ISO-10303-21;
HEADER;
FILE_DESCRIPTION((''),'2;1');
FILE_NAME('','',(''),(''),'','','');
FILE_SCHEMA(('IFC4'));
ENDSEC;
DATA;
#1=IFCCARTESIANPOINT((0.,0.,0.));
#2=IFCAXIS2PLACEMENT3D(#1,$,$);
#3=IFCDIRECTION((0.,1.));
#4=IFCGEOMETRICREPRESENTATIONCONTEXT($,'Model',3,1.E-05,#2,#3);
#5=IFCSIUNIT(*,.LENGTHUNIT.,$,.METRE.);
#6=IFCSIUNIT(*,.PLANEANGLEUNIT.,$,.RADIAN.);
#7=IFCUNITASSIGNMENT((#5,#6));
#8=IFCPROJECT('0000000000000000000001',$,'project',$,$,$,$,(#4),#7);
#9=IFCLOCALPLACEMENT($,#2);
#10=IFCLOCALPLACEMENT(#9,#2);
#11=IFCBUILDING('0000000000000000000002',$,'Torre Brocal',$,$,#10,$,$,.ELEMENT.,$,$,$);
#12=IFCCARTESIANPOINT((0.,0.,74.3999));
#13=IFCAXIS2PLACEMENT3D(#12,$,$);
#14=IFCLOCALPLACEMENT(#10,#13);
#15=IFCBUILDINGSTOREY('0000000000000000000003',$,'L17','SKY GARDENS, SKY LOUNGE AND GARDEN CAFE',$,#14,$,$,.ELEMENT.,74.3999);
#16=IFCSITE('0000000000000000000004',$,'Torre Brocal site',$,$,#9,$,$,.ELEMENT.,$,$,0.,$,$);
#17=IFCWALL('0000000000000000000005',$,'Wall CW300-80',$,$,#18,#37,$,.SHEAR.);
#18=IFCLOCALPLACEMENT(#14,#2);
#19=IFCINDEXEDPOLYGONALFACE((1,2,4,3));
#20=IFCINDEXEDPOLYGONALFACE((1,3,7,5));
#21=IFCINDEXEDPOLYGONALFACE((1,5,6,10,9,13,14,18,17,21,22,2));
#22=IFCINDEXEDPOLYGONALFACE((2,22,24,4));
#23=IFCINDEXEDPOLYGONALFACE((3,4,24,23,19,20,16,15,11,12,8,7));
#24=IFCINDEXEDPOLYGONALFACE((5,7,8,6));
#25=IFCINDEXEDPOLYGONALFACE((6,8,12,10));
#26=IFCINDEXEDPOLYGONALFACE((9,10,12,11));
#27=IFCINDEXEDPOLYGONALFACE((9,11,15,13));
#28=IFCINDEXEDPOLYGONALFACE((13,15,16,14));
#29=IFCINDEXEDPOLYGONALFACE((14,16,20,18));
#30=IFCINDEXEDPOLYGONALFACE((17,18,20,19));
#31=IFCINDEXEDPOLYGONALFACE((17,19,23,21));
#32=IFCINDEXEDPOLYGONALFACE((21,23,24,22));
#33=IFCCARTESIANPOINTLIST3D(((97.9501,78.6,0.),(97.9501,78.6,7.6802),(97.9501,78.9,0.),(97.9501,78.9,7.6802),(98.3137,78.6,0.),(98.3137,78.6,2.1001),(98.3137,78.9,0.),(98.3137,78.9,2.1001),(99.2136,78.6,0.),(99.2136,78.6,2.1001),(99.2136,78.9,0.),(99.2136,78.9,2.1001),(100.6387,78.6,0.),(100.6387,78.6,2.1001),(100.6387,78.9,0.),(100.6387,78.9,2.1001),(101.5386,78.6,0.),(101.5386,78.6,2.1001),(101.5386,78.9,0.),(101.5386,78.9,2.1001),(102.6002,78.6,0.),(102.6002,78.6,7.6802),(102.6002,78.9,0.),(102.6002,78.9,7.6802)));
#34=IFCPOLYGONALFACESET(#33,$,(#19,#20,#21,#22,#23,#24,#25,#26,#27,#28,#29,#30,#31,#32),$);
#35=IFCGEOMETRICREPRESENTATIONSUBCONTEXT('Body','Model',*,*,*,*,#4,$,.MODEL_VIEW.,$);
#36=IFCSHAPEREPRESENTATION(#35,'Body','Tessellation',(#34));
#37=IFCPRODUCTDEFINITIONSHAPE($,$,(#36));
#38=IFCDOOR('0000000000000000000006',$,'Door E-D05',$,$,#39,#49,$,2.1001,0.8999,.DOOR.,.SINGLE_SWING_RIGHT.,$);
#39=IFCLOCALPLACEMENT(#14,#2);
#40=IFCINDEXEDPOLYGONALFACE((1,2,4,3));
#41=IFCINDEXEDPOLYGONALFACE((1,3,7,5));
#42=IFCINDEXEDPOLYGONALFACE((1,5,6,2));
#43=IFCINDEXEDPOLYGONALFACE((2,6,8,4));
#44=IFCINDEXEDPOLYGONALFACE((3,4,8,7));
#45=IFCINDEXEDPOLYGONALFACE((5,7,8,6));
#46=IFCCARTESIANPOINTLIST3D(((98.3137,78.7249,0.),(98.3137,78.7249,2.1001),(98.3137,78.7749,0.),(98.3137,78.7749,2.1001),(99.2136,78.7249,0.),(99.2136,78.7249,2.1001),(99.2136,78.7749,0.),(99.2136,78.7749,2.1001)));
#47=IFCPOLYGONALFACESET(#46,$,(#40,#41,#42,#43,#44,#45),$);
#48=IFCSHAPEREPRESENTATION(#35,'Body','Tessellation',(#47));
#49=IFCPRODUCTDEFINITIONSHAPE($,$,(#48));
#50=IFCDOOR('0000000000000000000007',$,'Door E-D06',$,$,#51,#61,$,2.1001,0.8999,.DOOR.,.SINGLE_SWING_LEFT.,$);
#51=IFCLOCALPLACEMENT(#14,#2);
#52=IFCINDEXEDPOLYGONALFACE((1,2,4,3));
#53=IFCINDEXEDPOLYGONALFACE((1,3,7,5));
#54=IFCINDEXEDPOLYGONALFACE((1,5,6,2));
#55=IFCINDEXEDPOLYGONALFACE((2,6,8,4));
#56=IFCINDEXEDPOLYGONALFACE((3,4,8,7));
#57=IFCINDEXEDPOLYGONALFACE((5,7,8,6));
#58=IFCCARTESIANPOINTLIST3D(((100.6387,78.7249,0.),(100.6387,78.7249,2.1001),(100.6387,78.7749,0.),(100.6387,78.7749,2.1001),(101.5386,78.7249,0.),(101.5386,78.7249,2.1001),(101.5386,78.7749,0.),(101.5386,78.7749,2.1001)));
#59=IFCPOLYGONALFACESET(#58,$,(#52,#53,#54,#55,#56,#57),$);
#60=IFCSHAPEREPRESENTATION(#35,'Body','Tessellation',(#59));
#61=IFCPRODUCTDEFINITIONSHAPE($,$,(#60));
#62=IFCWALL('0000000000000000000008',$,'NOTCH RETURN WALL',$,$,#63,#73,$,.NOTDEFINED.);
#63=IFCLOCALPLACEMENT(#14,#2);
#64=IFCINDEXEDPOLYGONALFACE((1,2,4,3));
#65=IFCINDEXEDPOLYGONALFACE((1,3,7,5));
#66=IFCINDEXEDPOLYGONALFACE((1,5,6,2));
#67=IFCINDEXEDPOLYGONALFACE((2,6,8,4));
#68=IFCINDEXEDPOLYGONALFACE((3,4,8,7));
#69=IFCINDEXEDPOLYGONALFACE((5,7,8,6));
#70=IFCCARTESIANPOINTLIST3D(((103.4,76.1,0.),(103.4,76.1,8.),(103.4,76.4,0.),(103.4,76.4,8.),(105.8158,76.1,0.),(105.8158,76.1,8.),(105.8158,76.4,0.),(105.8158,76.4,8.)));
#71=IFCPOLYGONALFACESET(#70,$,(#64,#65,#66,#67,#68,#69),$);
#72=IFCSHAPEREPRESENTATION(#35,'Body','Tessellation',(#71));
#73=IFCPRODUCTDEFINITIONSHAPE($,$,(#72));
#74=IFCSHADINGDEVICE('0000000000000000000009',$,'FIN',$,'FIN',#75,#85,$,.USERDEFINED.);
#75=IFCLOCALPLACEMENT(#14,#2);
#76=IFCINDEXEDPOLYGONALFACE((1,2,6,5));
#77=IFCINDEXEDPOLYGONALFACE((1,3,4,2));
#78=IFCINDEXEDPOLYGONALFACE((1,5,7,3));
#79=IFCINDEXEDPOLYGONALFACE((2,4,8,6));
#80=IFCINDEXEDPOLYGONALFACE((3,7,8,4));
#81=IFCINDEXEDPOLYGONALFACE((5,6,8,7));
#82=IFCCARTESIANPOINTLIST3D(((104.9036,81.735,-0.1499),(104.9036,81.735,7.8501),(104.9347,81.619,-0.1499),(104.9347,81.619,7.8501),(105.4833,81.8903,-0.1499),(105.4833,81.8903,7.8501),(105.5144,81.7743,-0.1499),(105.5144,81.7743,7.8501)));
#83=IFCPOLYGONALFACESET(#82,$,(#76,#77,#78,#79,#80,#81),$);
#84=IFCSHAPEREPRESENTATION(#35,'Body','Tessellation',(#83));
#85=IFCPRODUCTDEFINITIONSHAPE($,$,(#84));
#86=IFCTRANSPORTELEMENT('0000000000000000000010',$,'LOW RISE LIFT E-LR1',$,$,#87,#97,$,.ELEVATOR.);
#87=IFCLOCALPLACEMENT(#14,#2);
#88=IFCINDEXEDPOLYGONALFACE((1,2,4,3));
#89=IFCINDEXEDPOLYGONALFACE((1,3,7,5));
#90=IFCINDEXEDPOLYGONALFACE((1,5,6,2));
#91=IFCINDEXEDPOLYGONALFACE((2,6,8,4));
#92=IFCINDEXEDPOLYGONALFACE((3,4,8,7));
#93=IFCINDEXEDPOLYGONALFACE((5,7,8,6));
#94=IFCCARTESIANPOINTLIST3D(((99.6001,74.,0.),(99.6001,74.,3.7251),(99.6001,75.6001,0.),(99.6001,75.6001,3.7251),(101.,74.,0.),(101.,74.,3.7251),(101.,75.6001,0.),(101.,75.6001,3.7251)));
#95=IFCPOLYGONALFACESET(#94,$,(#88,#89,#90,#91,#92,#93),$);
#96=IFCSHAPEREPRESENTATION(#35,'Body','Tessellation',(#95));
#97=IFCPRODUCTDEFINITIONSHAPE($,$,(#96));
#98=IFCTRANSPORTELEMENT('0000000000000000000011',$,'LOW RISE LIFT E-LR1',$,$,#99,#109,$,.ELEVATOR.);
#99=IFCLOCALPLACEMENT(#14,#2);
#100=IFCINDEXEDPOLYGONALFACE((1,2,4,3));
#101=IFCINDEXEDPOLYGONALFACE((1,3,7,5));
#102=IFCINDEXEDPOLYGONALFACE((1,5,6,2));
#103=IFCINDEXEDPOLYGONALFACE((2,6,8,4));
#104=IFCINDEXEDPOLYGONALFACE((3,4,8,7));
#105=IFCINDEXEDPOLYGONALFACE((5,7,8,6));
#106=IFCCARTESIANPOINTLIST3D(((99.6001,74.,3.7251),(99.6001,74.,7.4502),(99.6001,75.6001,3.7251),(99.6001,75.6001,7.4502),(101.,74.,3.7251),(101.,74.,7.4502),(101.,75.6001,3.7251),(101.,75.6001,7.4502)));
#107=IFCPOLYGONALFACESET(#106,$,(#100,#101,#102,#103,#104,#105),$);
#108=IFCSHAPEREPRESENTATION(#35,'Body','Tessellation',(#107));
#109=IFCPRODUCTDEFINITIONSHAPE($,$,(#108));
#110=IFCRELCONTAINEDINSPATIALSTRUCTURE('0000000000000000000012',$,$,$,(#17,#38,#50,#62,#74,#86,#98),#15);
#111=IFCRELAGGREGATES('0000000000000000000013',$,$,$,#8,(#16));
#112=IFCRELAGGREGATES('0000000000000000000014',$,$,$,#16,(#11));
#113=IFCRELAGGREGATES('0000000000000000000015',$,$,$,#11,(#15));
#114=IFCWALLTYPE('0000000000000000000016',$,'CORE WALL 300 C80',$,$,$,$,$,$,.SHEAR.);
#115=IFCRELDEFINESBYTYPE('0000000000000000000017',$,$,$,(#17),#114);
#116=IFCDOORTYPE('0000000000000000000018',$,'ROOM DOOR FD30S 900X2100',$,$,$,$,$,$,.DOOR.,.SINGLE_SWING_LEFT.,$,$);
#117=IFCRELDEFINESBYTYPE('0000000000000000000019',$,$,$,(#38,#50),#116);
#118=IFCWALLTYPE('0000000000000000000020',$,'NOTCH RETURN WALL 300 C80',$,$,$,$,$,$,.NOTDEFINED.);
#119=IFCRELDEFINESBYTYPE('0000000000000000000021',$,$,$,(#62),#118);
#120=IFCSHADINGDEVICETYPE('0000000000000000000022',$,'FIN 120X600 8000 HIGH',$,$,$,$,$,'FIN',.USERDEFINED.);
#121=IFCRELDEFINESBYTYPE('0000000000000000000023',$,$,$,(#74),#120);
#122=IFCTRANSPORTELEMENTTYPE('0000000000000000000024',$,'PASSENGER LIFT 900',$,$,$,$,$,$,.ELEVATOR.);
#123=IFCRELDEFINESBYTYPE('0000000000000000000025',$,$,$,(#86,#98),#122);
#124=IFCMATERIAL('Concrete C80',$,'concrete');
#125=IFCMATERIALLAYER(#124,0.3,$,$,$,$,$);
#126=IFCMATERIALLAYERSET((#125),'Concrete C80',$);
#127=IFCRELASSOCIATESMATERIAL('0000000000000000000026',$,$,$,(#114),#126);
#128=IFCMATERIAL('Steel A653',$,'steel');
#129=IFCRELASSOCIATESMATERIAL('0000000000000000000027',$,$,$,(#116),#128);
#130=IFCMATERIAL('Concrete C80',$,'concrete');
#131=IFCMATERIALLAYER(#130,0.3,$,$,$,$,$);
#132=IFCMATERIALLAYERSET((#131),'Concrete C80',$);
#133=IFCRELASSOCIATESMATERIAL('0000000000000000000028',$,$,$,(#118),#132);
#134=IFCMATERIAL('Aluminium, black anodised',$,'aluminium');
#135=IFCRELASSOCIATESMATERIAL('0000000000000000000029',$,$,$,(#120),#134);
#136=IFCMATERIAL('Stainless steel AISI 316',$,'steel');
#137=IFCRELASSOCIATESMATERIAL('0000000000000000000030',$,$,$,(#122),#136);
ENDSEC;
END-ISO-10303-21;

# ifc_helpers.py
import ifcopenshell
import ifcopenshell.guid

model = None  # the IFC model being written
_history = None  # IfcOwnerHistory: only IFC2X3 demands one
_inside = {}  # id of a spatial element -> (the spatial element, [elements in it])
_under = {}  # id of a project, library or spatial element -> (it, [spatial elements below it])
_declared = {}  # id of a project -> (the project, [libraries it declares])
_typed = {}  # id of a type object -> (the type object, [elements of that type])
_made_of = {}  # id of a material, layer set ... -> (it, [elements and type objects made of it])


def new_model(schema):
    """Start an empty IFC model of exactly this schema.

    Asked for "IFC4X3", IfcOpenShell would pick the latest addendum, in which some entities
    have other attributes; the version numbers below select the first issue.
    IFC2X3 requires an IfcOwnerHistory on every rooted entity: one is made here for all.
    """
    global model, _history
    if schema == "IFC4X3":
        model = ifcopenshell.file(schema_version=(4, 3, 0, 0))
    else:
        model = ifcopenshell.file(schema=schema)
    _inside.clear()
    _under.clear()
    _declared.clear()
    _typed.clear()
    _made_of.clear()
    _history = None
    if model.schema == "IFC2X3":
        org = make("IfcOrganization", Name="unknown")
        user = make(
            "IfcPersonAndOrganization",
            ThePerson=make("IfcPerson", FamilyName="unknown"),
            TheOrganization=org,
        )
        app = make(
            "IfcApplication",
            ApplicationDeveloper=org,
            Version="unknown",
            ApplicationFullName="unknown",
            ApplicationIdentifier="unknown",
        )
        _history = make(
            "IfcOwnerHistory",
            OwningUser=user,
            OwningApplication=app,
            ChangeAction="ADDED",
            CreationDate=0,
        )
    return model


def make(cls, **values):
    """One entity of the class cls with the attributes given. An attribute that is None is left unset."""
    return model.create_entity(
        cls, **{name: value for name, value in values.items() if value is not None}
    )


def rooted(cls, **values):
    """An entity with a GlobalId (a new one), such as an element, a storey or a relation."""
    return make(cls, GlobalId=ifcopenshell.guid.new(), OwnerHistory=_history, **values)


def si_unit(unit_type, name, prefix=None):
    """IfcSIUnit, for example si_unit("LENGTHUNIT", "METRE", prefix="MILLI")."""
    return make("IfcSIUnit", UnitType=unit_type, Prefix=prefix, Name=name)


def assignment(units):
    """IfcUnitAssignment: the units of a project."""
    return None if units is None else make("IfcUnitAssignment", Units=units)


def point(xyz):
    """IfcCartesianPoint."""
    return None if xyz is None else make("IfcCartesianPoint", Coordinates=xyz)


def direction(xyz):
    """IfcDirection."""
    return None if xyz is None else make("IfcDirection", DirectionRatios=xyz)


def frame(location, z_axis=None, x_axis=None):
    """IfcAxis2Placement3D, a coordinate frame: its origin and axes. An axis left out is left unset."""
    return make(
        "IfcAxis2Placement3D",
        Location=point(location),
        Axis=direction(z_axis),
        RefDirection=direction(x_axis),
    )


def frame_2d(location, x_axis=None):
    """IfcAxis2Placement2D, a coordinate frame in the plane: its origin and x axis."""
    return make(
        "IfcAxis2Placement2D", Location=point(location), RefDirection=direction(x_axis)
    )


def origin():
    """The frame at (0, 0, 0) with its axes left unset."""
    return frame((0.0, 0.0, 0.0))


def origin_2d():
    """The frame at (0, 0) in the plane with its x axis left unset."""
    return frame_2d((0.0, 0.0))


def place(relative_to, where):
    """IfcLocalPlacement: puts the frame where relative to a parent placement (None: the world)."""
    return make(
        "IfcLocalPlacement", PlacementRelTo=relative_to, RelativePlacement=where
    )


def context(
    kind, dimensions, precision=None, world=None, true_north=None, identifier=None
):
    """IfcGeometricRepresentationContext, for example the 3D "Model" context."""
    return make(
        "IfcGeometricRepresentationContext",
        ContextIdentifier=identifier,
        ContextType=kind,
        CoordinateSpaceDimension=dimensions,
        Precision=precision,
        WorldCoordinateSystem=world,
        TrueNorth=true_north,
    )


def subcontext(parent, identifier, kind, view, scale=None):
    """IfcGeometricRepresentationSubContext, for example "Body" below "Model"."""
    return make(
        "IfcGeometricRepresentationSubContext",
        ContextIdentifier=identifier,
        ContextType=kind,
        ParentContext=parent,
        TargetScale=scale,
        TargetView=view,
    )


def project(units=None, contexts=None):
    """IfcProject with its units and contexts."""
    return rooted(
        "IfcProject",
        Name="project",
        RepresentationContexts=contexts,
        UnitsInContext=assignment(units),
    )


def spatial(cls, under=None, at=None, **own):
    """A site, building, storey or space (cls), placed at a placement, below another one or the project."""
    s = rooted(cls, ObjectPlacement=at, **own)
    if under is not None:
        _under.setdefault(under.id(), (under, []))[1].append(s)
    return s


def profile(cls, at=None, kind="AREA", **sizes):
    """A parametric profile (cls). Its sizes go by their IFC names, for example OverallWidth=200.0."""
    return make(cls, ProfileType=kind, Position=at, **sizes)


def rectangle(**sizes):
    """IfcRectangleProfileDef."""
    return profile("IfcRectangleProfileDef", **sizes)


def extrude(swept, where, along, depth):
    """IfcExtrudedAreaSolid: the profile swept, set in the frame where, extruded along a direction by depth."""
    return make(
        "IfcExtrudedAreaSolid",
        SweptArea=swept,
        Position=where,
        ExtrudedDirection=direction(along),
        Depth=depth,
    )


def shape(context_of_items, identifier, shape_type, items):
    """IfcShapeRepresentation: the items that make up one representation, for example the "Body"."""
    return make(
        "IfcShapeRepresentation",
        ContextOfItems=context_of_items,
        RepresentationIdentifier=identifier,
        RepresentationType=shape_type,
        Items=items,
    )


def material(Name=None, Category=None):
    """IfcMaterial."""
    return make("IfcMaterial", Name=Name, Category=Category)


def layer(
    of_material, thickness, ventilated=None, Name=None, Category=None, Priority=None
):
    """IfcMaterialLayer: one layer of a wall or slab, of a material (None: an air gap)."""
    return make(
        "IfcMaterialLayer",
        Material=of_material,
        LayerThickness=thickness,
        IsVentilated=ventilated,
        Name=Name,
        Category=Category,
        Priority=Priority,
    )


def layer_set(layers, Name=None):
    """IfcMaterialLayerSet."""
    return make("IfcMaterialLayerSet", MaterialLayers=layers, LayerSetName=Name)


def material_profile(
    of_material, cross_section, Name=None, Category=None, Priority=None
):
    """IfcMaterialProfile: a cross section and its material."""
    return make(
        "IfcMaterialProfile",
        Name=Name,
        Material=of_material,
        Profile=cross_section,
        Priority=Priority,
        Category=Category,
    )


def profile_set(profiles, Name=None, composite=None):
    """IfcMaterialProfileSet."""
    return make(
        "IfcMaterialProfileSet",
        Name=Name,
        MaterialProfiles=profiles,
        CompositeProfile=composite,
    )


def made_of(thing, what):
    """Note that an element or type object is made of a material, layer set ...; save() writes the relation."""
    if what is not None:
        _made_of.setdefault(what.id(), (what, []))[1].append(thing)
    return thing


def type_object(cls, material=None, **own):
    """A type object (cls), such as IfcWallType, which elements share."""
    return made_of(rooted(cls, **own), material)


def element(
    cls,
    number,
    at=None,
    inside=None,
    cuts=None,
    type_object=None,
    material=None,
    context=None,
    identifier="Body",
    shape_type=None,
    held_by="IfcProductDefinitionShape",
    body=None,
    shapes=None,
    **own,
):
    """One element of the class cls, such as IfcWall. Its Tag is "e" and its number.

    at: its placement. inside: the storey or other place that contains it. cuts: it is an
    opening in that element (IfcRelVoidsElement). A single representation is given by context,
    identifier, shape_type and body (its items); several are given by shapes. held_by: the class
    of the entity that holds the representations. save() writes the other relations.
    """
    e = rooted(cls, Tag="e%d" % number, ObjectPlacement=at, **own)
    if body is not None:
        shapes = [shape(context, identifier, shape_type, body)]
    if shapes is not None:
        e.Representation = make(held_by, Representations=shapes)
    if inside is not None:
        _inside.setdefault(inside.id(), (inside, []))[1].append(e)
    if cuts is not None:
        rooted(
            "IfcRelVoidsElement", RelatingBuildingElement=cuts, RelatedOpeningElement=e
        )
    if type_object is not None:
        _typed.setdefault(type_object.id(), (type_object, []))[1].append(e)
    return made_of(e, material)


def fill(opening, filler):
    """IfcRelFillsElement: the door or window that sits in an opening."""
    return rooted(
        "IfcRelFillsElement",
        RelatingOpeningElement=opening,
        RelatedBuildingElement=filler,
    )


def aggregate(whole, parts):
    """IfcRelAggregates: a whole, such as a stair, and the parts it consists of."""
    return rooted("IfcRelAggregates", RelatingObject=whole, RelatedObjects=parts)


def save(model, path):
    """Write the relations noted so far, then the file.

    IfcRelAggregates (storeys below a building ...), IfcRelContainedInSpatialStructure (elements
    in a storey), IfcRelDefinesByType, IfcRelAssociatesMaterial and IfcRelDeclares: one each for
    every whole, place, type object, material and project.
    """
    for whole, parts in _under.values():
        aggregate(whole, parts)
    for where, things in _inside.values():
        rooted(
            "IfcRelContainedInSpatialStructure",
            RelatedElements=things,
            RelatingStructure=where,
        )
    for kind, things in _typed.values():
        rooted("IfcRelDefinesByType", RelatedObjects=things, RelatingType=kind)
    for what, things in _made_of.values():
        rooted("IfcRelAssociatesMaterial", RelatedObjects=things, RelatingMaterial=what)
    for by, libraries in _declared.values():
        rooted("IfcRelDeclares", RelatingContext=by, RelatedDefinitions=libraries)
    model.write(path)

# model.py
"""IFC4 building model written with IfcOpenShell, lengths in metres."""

from ifc_helpers import new_model, si_unit, direction, frame, frame_2d, origin, origin_2d, place, context, subcontext, project, spatial, rectangle, extrude, material, layer, layer_set, material_profile, profile_set, type_object, element, fill, save


model = new_model("IFC4")

# Units and contexts
model_context = context("Model", 3, precision=1e-05, world=origin(), true_north=direction((0.0, 1.0)))
body_context = subcontext(model_context, "Body", "Model", "MODEL_VIEW")
ifc_project = project(units=[si_unit("LENGTHUNIT", "METRE"), si_unit("PLANEANGLEUNIT", "RADIAN")], contexts=[model_context])

# Site, building, storey
site_placement = place(None, origin())
site = spatial("IfcSite", under=ifc_project, at=site_placement, Name="Torre Brocal site", CompositionType="ELEMENT", RefElevation=0.0)
building_placement = place(site_placement, origin())
building = spatial("IfcBuilding", under=site, at=building_placement, Name="Torre Brocal", CompositionType="ELEMENT")
storey_placement = place(building_placement, frame((0.0, 0.0, 74.3999)))
storey = spatial("IfcBuildingStorey", under=building, at=storey_placement, Name="L17", Description="SKY GARDENS, SKY LOUNGE AND GARDEN CAFE", CompositionType="ELEMENT", Elevation=74.3999)

# Shared definitions
ifc_material_1 = material(Name="Concrete C80", Category="concrete")
ifc_layer_1 = layer(ifc_material_1, 0.3)
ifc_layer_set_1 = layer_set([ifc_layer_1], Name="Concrete C80")
wall_type_1 = type_object("IfcWallType", Name="CORE WALL 300 C80", PredefinedType="SHEAR", material=ifc_layer_set_1)

# Wall, openings, doors
wall_1_placement = place(storey_placement, frame((97.95, 78.75, 0.0), z_axis=(0.0, 0.0, 1.0), x_axis=(1.0, 0.0, 0.0)))
wall_1 = element("IfcWall", 1, at=wall_1_placement, inside=storey, type_object=wall_type_1, Name="Wall CW300-80", PredefinedType="SHEAR", context=body_context, shape_type="SweptSolid", body=[
    extrude(rectangle(XDim=4.6501, YDim=0.3, at=frame_2d((2.3252, 0.0))), origin(), (0.0, 0.0, 1.0), 7.6802),
])
opening_1_placement = place(wall_1_placement, frame((0.3638, 0.0, 0.0)))
opening_1 = element("IfcOpeningElement", 2, at=opening_1_placement, cuts=wall_1, PredefinedType="OPENING", context=body_context, shape_type="SweptSolid", body=[
    extrude(rectangle(XDim=0.8999, YDim=2.1001, at=frame_2d((0.45, 1.05))), frame((0.0, 0.1599, 0.0), z_axis=(0.0, -1.0, 0.0), x_axis=(1.0, 0.0, 0.0)), (0.0, 0.0, 1.0), 0.3201),
])
opening_2_placement = place(wall_1_placement, frame((2.6887, 0.0, 0.0)))
opening_2 = element("IfcOpeningElement", 3, at=opening_2_placement, cuts=wall_1, PredefinedType="OPENING", context=body_context, shape_type="SweptSolid", body=[
    extrude(rectangle(XDim=0.8999, YDim=2.1001, at=frame_2d((0.45, 1.05))), frame((0.0, 0.1599, 0.0), z_axis=(0.0, -1.0, 0.0), x_axis=(1.0, 0.0, 0.0)), (0.0, 0.0, 1.0), 0.3201),
])
ifc_material_2 = material(Name="Steel A653", Category="steel")
door_type_1 = type_object("IfcDoorType", Name="ROOM DOOR FD30S 900X2100", OperationType="SINGLE_SWING_LEFT", PredefinedType="DOOR", material=ifc_material_2)
door_1_placement = place(opening_1_placement, origin())
door_1 = element("IfcDoor", 4, at=door_1_placement, inside=storey, type_object=door_type_1, Name="Door E-D05", OperationType="SINGLE_SWING_RIGHT", OverallHeight=2.1001, OverallWidth=0.8999, PredefinedType="DOOR", context=body_context, shape_type="SweptSolid", body=[
    extrude(rectangle(XDim=0.8999, YDim=2.1001, at=frame_2d((0.45, 1.05))), frame((0.0, 0.0249, 0.0), z_axis=(0.0, -1.0, 0.0), x_axis=(1.0, 0.0, 0.0)), (0.0, 0.0, 1.0), 0.05),
])
fill(opening_1, door_1)
door_2_placement = place(opening_2_placement, origin())
door_2 = element("IfcDoor", 5, at=door_2_placement, inside=storey, type_object=door_type_1, Name="Door E-D06", OperationType="SINGLE_SWING_LEFT", OverallHeight=2.1001, OverallWidth=0.8999, PredefinedType="DOOR", context=body_context, shape_type="SweptSolid", body=[
    extrude(rectangle(XDim=0.8999, YDim=2.1001, at=frame_2d((0.45, 1.05))), frame((0.0, 0.0249, 0.0), z_axis=(0.0, -1.0, 0.0), x_axis=(1.0, 0.0, 0.0)), (0.0, 0.0, 1.0), 0.05),
])
fill(opening_2, door_2)

# Wall
ifc_material_3 = material(Name="Concrete C80", Category="concrete")
ifc_layer_2 = layer(ifc_material_3, 0.3)
ifc_layer_set_2 = layer_set([ifc_layer_2], Name="Concrete C80")
wall_type_2 = type_object("IfcWallType", Name="NOTCH RETURN WALL 300 C80", PredefinedType="NOTDEFINED", material=ifc_layer_set_2)
wall_2_placement = place(storey_placement, frame((103.3999, 76.25, 0.0), z_axis=(0.0, 0.0, 1.0), x_axis=(1.0, 0.0, 0.0)))
element("IfcWall", 6, at=wall_2_placement, inside=storey, type_object=wall_type_2, Name="NOTCH RETURN WALL", PredefinedType="NOTDEFINED", context=body_context, shape_type="SweptSolid", body=[
    extrude(rectangle(XDim=2.4158, YDim=0.3, at=frame_2d((1.208, 0.0))), origin(), (0.0, 0.0, 1.0), 8.0),
])

# Shading device
ifc_material_4 = material(Name="Aluminium, black anodised", Category="aluminium")
ifc_material_profile_1 = material_profile(ifc_material_4, rectangle(XDim=0.1201, YDim=0.6001, at=origin_2d()), Name="FIN 120X600 8000 HIGH")
ifc_profile_set_1 = profile_set([ifc_material_profile_1], Name="Aluminium, black anodised")
shading_device_type = type_object("IfcShadingDeviceType", Name="FIN 120X600 8000 HIGH", ElementType="FIN", PredefinedType="USERDEFINED", material=ifc_profile_set_1)
shading_device_placement = place(storey_placement, frame((105.209, 81.7546, -0.1499), z_axis=(0.0, 0.0, 1.0), x_axis=(-0.258819, 0.965926, 0.0)))
element("IfcShadingDevice", 7, at=shading_device_placement, inside=storey, type_object=shading_device_type, Name="FIN", ObjectType="FIN", PredefinedType="USERDEFINED", context=body_context, shape_type="SweptSolid", body=[
    extrude(rectangle(XDim=0.1201, YDim=0.6001, at=origin_2d()), origin(), (0.0, 0.0, 1.0), 8.0),
])

# Transport elements
ifc_material_5 = material(Name="Stainless steel AISI 316", Category="steel")
transport_element_type = type_object("IfcTransportElementType", Name="PASSENGER LIFT 900", PredefinedType="ELEVATOR", material=ifc_material_5)
for number, where, z_axis, x_axis, name in (
    (8, (100.3, 74.8, 0.0), (0.0, 0.0, 1.0), (1.0, 0.0, 0.0), "LOW RISE LIFT E-LR1"),
    (9, (100.3, 74.8, 3.7251), (0.0, 0.0, 1.0), (1.0, 0.0, 0.0), "LOW RISE LIFT E-LR1"),
):
    element("IfcTransportElement", number, at=place(storey_placement, frame(where, z_axis=z_axis, x_axis=x_axis)), inside=storey, type_object=transport_element_type, Name=name, PredefinedType="ELEVATOR", context=body_context, shape_type="SweptSolid", body=[
        extrude(rectangle(XDim=1.3999, YDim=1.6001, at=origin_2d()), origin(), (0.0, 0.0, 1.0), 3.7251),
    ])

save(model, "model.ifc")
